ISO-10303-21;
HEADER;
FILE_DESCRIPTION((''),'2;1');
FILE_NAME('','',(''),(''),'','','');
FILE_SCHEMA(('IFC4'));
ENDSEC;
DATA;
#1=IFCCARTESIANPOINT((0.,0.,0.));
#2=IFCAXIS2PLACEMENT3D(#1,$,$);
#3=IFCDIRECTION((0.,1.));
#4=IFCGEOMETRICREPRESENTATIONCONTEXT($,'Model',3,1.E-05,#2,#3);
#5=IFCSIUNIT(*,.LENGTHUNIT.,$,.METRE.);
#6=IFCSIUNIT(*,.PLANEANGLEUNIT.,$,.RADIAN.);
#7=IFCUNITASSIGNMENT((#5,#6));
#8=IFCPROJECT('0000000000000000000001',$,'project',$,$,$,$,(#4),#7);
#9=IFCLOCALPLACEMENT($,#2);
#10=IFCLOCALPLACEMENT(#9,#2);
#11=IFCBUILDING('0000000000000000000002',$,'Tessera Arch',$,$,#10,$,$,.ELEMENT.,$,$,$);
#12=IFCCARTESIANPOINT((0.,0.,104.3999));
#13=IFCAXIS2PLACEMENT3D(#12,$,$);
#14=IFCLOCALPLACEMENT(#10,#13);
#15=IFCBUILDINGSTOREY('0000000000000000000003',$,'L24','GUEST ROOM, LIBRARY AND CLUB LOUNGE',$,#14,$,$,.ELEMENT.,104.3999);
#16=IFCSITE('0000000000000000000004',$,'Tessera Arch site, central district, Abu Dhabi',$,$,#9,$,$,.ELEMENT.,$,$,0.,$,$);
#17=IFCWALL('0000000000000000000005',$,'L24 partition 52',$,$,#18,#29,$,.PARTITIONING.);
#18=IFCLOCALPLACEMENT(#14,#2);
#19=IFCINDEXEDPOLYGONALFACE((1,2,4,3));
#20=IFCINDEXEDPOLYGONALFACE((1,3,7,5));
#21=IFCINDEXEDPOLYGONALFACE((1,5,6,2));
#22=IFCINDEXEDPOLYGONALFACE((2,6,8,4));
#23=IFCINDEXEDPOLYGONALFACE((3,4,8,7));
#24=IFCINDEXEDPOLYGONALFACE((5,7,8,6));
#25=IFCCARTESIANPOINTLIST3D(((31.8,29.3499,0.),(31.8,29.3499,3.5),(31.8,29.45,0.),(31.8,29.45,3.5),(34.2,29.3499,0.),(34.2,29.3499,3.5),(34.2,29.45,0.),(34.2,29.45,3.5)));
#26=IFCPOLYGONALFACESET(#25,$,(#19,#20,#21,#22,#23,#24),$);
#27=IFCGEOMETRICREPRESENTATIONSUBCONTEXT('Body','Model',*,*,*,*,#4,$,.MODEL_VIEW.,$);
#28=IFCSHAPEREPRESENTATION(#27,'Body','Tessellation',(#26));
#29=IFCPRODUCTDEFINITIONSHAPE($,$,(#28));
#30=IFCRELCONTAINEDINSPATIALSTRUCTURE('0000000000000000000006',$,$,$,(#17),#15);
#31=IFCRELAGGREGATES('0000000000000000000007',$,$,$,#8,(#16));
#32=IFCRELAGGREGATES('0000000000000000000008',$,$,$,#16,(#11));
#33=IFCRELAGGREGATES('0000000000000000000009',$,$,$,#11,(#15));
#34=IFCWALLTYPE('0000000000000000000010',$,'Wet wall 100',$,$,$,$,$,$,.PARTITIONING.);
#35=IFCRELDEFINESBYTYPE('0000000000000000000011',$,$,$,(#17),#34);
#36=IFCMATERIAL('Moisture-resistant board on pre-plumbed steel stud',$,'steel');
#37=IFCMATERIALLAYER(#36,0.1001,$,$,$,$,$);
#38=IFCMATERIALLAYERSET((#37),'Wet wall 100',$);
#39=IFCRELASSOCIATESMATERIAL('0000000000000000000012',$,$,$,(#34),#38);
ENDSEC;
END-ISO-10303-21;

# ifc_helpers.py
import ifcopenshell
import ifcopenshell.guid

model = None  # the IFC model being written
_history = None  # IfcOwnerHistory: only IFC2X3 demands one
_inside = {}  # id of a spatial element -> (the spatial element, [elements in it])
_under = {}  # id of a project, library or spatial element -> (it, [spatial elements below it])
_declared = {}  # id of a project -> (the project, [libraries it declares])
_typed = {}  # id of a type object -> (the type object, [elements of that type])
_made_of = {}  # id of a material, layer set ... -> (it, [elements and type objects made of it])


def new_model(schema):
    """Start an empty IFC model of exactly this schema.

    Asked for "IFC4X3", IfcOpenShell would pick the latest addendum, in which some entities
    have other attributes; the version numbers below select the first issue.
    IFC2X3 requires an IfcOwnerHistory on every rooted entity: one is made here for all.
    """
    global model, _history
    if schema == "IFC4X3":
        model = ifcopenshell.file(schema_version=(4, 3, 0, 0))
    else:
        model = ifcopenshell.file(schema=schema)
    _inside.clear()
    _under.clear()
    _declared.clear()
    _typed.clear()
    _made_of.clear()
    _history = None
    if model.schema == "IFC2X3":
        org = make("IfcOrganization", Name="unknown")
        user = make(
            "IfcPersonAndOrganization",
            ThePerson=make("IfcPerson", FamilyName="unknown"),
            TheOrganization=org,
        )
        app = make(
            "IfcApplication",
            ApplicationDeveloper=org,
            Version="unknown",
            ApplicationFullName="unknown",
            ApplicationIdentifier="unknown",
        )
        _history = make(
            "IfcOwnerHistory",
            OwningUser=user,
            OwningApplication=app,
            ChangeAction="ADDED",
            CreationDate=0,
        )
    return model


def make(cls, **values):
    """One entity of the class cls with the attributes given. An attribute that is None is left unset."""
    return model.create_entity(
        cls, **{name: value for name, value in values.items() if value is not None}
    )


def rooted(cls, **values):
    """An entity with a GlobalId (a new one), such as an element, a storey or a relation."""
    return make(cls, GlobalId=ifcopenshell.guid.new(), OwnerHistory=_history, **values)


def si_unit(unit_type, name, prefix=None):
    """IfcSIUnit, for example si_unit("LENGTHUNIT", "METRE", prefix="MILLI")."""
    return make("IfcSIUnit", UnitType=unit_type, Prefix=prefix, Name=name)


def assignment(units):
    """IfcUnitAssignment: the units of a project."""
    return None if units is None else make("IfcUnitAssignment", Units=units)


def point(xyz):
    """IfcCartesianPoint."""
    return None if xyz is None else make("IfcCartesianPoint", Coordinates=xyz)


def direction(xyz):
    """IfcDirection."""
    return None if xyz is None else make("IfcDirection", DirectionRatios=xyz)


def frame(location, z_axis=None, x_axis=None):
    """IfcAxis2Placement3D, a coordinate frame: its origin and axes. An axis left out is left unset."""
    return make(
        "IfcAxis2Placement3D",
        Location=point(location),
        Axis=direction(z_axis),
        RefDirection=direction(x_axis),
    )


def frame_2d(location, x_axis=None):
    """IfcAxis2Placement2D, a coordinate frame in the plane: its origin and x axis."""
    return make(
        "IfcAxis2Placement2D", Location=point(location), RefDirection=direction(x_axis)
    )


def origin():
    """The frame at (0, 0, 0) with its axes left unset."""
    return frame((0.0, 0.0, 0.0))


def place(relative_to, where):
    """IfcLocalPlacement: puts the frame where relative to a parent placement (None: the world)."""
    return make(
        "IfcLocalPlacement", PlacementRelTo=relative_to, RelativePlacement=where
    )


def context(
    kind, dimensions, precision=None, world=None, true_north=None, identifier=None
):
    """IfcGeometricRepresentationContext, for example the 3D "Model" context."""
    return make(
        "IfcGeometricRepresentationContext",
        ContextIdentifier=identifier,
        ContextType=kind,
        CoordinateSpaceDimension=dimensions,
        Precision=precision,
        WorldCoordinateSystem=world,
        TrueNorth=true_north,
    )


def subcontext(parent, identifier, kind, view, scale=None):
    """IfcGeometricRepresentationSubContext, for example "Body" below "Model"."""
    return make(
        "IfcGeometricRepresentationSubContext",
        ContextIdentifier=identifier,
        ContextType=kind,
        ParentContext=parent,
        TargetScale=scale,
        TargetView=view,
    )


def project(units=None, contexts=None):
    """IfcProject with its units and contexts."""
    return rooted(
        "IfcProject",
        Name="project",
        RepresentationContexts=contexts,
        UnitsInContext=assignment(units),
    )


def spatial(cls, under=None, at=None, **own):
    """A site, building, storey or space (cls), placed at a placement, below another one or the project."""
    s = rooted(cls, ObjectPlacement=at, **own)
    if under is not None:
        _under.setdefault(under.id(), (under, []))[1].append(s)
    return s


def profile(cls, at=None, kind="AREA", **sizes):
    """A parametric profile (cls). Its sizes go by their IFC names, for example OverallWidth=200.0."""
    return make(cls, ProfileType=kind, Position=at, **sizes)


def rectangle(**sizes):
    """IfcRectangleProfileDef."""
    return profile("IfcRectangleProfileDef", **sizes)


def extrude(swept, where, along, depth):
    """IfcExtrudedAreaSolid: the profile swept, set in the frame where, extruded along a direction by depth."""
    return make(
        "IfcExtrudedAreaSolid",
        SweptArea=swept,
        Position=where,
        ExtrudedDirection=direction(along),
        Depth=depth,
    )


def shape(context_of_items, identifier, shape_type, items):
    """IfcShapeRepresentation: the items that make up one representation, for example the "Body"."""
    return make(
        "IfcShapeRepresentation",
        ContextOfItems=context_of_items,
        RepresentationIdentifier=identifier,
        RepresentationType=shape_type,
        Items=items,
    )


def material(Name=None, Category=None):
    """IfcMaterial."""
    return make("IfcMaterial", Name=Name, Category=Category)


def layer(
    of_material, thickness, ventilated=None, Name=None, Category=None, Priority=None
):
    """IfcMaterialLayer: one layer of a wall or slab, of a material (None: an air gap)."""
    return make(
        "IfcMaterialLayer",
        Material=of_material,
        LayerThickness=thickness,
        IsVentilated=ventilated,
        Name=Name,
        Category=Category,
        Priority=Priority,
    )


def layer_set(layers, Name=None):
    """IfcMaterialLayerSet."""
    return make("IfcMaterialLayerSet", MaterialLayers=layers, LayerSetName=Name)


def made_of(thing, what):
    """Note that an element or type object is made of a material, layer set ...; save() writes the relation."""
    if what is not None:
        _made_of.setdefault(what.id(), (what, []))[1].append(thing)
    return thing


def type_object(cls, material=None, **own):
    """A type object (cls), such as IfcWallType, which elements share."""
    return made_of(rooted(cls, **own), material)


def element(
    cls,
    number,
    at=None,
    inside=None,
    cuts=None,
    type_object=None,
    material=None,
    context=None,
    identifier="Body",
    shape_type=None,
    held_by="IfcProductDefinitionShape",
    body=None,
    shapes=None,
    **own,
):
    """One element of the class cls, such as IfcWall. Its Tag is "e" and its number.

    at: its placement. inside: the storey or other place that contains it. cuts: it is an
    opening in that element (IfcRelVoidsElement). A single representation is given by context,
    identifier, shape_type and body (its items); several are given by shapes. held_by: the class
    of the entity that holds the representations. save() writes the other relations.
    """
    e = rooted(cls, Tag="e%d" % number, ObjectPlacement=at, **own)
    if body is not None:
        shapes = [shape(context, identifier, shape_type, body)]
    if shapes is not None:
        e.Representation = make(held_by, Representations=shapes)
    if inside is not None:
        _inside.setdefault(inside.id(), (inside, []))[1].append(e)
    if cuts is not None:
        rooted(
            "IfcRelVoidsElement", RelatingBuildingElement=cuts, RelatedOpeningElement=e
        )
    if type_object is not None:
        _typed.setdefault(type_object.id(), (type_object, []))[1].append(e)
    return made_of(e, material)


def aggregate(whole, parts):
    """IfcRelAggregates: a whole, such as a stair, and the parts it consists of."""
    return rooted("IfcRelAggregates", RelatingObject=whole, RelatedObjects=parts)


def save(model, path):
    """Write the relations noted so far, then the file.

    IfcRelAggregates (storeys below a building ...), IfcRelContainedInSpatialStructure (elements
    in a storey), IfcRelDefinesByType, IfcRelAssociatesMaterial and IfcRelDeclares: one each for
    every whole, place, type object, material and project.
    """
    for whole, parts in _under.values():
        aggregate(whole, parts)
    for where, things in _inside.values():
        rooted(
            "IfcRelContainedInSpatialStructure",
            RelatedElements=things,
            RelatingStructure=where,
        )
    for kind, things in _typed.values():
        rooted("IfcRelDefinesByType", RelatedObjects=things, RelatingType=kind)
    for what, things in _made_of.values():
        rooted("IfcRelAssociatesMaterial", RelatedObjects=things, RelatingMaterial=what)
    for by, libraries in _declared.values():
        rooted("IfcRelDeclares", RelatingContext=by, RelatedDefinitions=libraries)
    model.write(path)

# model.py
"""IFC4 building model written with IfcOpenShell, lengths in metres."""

from ifc_helpers import new_model, si_unit, direction, frame, frame_2d, origin, place, context, subcontext, project, spatial, rectangle, extrude, material, layer, layer_set, type_object, element, save


model = new_model("IFC4")

# Units and contexts
model_context = context("Model", 3, precision=1e-05, world=origin(), true_north=direction((0.0, 1.0)))
body_context = subcontext(model_context, "Body", "Model", "MODEL_VIEW")
ifc_project = project(units=[si_unit("LENGTHUNIT", "METRE"), si_unit("PLANEANGLEUNIT", "RADIAN")], contexts=[model_context])

# Site, building, storey
site_placement = place(None, origin())
site = spatial("IfcSite", under=ifc_project, at=site_placement, Name="Tessera Arch site, central district, Abu Dhabi", CompositionType="ELEMENT", RefElevation=0.0)
building_placement = place(site_placement, origin())
building = spatial("IfcBuilding", under=site, at=building_placement, Name="Tessera Arch", CompositionType="ELEMENT")
storey_placement = place(building_placement, frame((0.0, 0.0, 104.3999)))
storey = spatial("IfcBuildingStorey", under=building, at=storey_placement, Name="L24", Description="GUEST ROOM, LIBRARY AND CLUB LOUNGE", CompositionType="ELEMENT", Elevation=104.3999)

# Wall
ifc_material_1 = material(Name="Moisture-resistant board on pre-plumbed steel stud", Category="steel")
ifc_layer_1 = layer(ifc_material_1, 0.1001)
ifc_layer_set_1 = layer_set([ifc_layer_1], Name="Wet wall 100")
wall_type_1 = type_object("IfcWallType", Name="Wet wall 100", PredefinedType="PARTITIONING", material=ifc_layer_set_1)
wall_1_placement = place(storey_placement, frame((31.8, 29.3999, 0.0), z_axis=(0.0, 0.0, 1.0), x_axis=(1.0, 0.0, 0.0)))
element("IfcWall", 1, at=wall_1_placement, inside=storey, type_object=wall_type_1, Name="L24 partition 52", PredefinedType="PARTITIONING", context=body_context, shape_type="SweptSolid", body=[
    extrude(rectangle(XDim=2.3999, YDim=0.1001, at=frame_2d((1.2, 0.0))), origin(), (0.0, 0.0, 1.0), 3.5),
])

save(model, "model.ifc")
